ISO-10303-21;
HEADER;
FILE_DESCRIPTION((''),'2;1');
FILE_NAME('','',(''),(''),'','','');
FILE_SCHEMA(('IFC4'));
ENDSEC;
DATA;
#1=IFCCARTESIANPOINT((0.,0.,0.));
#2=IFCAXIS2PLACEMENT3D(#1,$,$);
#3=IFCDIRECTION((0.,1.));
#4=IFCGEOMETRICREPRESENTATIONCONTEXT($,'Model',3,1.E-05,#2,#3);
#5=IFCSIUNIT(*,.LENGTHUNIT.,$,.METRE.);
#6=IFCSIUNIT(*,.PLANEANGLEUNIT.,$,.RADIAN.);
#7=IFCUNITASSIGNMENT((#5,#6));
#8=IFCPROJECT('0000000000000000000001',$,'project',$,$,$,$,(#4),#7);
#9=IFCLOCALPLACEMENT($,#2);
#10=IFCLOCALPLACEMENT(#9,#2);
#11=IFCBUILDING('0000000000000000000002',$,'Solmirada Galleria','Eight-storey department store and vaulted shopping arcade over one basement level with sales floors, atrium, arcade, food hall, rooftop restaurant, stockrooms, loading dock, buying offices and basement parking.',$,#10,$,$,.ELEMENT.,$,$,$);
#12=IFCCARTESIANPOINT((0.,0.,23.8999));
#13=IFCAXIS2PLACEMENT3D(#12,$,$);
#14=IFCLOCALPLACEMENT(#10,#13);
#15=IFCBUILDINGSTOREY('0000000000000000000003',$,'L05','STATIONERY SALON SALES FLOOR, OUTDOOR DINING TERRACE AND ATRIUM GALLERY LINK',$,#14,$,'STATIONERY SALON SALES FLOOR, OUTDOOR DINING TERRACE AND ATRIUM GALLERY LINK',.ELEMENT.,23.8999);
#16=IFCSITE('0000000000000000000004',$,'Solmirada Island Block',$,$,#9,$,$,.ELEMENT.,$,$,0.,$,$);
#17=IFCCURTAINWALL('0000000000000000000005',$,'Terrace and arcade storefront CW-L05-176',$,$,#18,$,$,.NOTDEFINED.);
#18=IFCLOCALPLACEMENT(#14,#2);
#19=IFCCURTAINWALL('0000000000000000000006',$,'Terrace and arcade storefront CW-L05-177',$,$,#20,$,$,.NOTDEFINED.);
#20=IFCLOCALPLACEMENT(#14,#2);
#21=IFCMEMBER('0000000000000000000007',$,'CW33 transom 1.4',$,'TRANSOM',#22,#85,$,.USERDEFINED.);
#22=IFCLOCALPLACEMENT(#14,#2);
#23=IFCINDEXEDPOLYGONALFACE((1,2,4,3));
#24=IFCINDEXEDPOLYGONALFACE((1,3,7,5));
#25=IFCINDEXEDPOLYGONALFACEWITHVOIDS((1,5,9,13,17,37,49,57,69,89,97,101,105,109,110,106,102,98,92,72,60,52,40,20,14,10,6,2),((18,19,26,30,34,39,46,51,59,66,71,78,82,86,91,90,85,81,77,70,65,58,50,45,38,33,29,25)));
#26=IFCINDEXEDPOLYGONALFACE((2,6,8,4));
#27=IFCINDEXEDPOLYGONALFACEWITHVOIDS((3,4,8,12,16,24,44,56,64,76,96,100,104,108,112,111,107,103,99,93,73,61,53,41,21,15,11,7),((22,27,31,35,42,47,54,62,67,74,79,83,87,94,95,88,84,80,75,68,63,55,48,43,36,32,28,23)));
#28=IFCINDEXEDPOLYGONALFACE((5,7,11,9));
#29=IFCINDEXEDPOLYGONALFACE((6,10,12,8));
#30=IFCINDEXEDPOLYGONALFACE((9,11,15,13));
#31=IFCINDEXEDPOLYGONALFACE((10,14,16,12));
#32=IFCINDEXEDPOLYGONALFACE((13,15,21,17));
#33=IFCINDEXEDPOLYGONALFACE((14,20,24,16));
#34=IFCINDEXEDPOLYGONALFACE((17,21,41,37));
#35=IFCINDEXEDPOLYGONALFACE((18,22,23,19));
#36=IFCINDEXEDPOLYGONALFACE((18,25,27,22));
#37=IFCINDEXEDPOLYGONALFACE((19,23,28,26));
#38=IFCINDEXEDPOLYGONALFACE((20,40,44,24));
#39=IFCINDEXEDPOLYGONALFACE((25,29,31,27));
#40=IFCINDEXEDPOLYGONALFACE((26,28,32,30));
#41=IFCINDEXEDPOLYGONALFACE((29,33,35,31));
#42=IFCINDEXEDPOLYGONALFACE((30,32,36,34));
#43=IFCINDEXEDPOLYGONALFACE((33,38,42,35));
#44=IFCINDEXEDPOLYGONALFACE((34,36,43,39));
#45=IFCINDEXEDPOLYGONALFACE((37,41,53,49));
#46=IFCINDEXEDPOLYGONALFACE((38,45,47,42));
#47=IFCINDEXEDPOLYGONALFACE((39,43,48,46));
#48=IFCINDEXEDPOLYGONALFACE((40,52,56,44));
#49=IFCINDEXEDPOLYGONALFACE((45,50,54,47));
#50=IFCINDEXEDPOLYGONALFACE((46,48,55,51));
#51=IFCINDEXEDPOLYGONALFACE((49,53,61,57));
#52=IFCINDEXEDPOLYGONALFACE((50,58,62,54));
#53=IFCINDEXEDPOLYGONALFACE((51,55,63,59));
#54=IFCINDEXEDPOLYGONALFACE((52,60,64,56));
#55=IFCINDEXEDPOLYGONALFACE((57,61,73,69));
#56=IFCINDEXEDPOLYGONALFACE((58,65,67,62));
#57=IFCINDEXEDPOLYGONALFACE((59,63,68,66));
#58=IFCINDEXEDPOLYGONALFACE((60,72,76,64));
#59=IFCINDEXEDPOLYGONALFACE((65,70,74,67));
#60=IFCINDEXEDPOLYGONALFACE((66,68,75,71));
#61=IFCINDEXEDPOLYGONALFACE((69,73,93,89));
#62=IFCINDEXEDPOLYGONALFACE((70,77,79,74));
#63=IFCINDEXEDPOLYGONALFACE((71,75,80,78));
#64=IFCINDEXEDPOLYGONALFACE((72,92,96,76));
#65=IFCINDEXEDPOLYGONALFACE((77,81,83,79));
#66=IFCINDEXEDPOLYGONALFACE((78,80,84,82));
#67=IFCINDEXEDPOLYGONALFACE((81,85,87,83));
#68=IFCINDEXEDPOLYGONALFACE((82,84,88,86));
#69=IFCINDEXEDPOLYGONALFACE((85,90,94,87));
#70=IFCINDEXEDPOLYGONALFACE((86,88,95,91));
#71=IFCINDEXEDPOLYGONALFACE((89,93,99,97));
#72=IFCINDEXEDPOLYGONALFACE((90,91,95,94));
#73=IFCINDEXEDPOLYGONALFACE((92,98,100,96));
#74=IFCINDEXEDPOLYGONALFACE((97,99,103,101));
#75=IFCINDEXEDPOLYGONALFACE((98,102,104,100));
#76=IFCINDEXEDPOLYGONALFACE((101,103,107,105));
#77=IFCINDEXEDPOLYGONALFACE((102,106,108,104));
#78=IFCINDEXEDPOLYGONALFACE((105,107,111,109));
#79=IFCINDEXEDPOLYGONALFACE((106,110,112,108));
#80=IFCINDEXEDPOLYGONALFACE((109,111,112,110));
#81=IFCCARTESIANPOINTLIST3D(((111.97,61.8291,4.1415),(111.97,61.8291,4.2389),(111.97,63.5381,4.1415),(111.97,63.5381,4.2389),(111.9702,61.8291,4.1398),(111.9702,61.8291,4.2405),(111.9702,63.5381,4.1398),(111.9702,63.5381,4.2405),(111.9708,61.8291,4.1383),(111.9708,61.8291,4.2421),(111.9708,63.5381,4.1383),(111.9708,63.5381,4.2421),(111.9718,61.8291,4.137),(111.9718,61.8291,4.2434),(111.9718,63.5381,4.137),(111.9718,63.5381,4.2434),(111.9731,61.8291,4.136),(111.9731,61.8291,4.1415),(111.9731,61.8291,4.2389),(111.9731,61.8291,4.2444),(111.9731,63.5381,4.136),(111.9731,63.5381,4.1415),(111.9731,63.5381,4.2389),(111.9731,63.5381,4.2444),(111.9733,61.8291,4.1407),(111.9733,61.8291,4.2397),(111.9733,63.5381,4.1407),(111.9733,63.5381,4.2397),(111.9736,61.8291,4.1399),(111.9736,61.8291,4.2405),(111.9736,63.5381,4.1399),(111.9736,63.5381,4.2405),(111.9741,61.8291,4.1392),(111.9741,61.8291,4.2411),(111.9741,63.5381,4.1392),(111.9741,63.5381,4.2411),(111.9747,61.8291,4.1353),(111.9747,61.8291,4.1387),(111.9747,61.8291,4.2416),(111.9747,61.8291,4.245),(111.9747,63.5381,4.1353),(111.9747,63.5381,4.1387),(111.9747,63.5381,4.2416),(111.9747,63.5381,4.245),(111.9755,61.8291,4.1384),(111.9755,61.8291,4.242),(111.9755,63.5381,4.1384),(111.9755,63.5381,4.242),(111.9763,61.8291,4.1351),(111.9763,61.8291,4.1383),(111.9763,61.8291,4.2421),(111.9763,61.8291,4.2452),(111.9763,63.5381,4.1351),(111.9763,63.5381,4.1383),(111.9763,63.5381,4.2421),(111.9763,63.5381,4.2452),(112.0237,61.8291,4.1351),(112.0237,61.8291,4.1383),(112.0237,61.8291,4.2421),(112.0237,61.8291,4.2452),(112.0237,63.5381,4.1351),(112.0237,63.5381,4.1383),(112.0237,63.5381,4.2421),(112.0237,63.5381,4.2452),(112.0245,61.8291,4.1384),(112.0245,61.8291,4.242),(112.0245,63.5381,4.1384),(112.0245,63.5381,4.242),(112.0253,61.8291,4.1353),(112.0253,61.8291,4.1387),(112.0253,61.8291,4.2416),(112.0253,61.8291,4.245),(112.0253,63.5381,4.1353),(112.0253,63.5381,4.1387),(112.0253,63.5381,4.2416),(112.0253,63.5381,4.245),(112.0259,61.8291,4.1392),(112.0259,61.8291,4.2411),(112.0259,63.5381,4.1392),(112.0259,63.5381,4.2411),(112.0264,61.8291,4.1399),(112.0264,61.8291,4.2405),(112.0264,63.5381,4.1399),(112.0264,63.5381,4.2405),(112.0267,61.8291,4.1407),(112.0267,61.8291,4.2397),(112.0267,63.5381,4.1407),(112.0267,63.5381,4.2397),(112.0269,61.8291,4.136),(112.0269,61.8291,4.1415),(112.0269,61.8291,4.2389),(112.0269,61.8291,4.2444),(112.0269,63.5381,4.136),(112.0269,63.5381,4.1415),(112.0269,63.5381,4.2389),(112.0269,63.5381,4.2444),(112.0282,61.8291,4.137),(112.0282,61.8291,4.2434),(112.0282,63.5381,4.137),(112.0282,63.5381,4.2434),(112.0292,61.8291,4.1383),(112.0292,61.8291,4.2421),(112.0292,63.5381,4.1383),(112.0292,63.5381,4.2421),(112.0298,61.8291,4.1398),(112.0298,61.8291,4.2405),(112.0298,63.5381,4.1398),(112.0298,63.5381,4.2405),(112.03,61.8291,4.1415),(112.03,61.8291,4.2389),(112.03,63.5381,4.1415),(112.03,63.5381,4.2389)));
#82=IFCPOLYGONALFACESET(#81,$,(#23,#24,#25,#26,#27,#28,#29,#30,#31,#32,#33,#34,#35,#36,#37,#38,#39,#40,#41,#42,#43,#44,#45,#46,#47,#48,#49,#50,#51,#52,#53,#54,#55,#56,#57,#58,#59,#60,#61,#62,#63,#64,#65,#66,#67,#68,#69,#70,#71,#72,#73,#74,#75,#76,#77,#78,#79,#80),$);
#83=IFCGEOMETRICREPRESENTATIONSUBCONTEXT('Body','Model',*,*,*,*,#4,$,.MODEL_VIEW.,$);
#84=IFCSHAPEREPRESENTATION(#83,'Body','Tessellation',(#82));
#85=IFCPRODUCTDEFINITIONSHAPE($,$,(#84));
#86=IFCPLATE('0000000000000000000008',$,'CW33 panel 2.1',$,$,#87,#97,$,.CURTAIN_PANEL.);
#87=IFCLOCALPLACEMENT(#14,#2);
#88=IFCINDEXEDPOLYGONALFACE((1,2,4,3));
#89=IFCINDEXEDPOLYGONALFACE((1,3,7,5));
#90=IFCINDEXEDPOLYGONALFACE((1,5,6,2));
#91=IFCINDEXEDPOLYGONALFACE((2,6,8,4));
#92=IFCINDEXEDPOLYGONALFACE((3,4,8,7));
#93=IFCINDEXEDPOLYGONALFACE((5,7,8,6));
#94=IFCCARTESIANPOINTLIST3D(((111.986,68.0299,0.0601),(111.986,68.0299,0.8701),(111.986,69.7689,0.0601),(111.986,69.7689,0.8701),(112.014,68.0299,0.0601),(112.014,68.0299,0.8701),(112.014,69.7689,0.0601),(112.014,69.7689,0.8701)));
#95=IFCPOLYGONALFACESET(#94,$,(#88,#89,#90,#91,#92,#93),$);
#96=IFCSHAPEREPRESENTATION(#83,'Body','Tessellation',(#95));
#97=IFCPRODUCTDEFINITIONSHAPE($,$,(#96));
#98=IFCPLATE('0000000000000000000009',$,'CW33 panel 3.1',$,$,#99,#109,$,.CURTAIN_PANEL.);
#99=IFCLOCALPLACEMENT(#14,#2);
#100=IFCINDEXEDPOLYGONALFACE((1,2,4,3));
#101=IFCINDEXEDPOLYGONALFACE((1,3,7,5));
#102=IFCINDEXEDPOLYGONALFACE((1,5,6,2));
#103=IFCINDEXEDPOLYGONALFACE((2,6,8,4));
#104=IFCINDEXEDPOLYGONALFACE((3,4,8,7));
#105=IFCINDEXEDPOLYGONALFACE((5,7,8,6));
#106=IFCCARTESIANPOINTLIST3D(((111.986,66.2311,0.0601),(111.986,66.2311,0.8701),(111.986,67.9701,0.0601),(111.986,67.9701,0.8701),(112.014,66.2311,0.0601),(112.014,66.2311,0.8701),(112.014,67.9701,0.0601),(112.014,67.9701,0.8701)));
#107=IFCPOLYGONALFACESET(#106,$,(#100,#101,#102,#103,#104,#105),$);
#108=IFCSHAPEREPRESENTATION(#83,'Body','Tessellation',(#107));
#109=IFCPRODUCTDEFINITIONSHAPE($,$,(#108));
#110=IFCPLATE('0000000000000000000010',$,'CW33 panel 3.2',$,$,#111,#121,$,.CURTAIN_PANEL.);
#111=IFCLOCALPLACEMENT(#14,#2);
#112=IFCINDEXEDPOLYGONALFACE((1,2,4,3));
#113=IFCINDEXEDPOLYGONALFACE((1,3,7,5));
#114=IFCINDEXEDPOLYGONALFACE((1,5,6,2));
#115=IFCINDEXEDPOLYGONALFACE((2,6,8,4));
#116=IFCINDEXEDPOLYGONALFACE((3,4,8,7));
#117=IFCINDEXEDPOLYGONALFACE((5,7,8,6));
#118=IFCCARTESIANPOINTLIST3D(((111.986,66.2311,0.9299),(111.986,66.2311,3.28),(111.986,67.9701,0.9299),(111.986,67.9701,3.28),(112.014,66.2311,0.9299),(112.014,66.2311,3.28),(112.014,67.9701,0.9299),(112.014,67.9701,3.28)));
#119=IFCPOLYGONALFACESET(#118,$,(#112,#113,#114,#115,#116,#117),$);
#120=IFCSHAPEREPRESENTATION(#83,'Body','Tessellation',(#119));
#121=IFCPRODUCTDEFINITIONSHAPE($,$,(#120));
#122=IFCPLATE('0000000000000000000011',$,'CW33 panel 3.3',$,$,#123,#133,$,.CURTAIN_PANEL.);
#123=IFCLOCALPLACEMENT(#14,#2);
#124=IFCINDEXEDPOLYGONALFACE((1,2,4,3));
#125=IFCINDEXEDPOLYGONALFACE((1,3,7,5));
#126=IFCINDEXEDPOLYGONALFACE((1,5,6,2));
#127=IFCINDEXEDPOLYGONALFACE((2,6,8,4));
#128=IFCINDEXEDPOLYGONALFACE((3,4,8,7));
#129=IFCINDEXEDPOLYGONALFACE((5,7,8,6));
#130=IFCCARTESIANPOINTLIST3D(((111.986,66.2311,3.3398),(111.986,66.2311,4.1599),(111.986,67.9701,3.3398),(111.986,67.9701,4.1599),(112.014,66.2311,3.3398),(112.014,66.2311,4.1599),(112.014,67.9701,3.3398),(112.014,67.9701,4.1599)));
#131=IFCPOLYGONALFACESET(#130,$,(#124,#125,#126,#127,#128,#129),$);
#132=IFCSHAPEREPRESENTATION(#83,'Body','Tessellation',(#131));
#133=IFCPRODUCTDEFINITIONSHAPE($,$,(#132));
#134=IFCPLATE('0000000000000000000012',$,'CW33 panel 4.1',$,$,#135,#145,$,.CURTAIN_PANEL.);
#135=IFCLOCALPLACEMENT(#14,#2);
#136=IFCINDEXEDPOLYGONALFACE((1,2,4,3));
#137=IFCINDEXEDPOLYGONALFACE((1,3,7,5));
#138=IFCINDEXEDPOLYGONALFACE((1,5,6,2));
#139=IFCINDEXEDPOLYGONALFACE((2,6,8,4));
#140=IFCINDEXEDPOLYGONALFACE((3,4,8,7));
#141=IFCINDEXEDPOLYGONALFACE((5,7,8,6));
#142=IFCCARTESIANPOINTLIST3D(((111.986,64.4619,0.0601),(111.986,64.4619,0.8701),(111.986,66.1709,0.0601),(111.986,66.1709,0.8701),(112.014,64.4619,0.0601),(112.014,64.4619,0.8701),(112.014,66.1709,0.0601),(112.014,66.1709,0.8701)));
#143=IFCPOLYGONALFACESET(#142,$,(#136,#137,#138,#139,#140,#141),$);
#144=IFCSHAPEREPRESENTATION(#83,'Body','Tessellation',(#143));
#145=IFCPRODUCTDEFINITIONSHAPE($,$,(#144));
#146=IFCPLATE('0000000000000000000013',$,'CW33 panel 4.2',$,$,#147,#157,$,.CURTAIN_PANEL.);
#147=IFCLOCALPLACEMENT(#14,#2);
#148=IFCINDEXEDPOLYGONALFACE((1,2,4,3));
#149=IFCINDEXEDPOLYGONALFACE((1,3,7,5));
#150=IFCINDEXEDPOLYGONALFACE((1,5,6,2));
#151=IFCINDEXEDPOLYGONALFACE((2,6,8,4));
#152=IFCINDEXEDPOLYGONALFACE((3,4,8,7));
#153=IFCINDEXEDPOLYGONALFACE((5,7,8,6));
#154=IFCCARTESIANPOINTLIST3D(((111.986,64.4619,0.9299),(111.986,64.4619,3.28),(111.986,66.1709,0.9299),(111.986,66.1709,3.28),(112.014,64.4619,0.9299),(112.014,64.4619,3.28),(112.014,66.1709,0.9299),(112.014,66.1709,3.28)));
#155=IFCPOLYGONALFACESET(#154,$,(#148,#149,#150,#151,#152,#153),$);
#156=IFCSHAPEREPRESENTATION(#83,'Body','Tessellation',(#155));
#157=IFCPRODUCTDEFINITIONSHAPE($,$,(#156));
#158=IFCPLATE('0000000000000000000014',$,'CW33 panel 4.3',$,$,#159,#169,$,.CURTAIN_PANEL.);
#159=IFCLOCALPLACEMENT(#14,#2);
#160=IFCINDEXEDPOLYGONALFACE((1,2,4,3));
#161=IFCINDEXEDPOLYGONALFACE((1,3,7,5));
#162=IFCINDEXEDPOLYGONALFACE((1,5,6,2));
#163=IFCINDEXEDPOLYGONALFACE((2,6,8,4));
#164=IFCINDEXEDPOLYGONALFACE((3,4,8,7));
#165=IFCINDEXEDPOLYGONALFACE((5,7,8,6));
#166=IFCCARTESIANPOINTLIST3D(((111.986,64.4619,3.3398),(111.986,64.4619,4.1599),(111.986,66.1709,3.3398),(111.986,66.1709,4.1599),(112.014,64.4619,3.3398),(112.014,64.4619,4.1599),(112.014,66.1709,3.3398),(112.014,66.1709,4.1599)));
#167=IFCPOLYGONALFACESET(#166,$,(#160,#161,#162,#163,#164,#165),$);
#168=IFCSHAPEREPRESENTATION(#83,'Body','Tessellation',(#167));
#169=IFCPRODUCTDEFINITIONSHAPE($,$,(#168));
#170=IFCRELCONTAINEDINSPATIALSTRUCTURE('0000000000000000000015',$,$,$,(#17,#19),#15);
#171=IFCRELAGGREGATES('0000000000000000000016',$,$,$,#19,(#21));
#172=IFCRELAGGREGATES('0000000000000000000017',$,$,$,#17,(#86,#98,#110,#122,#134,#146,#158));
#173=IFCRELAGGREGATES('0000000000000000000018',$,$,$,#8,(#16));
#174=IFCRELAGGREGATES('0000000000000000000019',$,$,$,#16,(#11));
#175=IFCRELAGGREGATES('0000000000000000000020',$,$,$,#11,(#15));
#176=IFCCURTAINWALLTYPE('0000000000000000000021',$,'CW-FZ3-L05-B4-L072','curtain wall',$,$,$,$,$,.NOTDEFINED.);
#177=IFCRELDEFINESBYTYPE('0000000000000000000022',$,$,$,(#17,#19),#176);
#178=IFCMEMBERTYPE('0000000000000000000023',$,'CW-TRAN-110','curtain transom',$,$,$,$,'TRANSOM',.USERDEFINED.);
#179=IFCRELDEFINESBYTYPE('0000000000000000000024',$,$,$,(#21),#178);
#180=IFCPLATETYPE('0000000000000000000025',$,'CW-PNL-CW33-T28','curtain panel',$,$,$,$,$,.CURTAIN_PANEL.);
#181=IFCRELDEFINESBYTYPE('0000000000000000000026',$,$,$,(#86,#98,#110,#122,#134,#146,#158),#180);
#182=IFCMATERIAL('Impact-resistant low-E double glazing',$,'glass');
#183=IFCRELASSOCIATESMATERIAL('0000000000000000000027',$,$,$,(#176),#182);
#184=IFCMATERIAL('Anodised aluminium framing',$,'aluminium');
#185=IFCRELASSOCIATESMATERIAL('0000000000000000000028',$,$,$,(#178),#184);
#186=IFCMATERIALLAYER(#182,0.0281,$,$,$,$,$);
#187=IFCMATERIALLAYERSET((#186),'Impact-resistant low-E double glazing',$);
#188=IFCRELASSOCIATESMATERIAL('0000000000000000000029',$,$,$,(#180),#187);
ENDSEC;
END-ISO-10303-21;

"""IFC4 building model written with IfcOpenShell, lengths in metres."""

from ifc_helpers import new_model, si_unit, direction, frame, origin, origin_2d, place, context, subcontext, project, spatial, rectangle, hollow_rectangle, extrude, material, layer, layer_set, material_profile, profile_set, type_object, element, aggregate, save


model = new_model("IFC4")

# Units and contexts
model_context = context("Model", 3, precision=1e-05, world=origin(), true_north=direction((0.0, 1.0)))
body_context = subcontext(model_context, "Body", "Model", "MODEL_VIEW")
ifc_project = project(units=[si_unit("LENGTHUNIT", "METRE"), si_unit("PLANEANGLEUNIT", "RADIAN")], contexts=[model_context])

# Site, building, storey
site_placement = place(None, origin())
site = spatial("IfcSite", under=ifc_project, at=site_placement, Name="Solmirada Island Block", CompositionType="ELEMENT", RefElevation=0.0)
building_placement = place(site_placement, origin())
building = spatial("IfcBuilding", under=site, at=building_placement, Name="Solmirada Galleria", Description="Eight-storey department store and vaulted shopping arcade over one basement level with sales floors, atrium, arcade, food hall, rooftop restaurant, stockrooms, loading dock, buying offices and basement parking.", CompositionType="ELEMENT")
storey_placement = place(building_placement, frame((0.0, 0.0, 23.8999)))
storey = spatial("IfcBuildingStorey", under=building, at=storey_placement, Name="L05", Description="STATIONERY SALON SALES FLOOR, OUTDOOR DINING TERRACE AND ATRIUM GALLERY LINK", LongName="STATIONERY SALON SALES FLOOR, OUTDOOR DINING TERRACE AND ATRIUM GALLERY LINK", CompositionType="ELEMENT", Elevation=23.8999)

# Curtain wall
ifc_material_1 = material(Name="Impact-resistant low-E double glazing", Category="glass")
curtain_wall_type = type_object("IfcCurtainWallType", Name="CW-FZ3-L05-B4-L072", Description="curtain wall", PredefinedType="NOTDEFINED", material=ifc_material_1)
curtain_wall_1_placement = place(storey_placement, origin())
curtain_wall_1 = element("IfcCurtainWall", 1, at=curtain_wall_1_placement, inside=storey, type_object=curtain_wall_type, Name="Terrace and arcade storefront CW-L05-176", PredefinedType="NOTDEFINED")
ifc_material_2 = material(Name="Anodised aluminium framing", Category="aluminium")

# Curtain wall
curtain_wall_2_placement = place(storey_placement, origin())
curtain_wall_2 = element("IfcCurtainWall", 2, at=curtain_wall_2_placement, inside=storey, type_object=curtain_wall_type, Name="Terrace and arcade storefront CW-L05-177", PredefinedType="NOTDEFINED")

# Member
ifc_material_profile_1 = material_profile(ifc_material_2, hollow_rectangle(XDim=0.0601, YDim=0.1101, WallThickness=0.0032, InnerFilletRadius=0.0032, OuterFilletRadius=0.0063, at=origin_2d()), Name="ALU-TRAN-110X60")
ifc_profile_set_1 = profile_set([ifc_material_profile_1], Name="Anodised aluminium framing")
member_type_1 = type_object("IfcMemberType", Name="CW-TRAN-110", Description="curtain transom", ElementType="TRANSOM", PredefinedType="USERDEFINED", material=ifc_profile_set_1)
member_1_placement = place(storey_placement, frame((112.0, 63.5381, 4.1902), z_axis=(0.0, -1.0, 0.0), x_axis=(1.0, 0.0, 0.0)))
member_1 = element("IfcMember", 3, at=member_1_placement, type_object=member_type_1, Name="CW33 transom 1.4", ObjectType="TRANSOM", PredefinedType="USERDEFINED", context=body_context, shape_type="SweptSolid", body=[
    extrude(hollow_rectangle(XDim=0.0601, YDim=0.1101, WallThickness=0.0032, InnerFilletRadius=0.0032, OuterFilletRadius=0.0063, at=origin_2d()), origin(), (0.0, 0.0, 1.0), 1.709),
])
aggregate(curtain_wall_2, [member_1])

# Plates
ifc_layer = layer(ifc_material_1, 0.0281)
ifc_layer_set = layer_set([ifc_layer], Name="Impact-resistant low-E double glazing")
plate_type = type_object("IfcPlateType", Name="CW-PNL-CW33-T28", Description="curtain panel", PredefinedType="CURTAIN_PANEL", material=ifc_layer_set)
plate_1_placement = place(storey_placement, frame((112.0, 68.8994, 0.0601), z_axis=(0.0, 0.0, 1.0), x_axis=(0.0, -1.0, 0.0)))
plate_1 = element("IfcPlate", 4, at=plate_1_placement, type_object=plate_type, Name="CW33 panel 2.1", PredefinedType="CURTAIN_PANEL", context=body_context, shape_type="SweptSolid", body=[
    extrude(rectangle(XDim=1.739, YDim=0.0281, at=origin_2d()), origin(), (0.0, 0.0, 1.0), 0.8101),
])
plate_2_placement = place(storey_placement, frame((112.0, 67.1006, 0.0601), z_axis=(0.0, 0.0, 1.0), x_axis=(0.0, -1.0, 0.0)))
plate_2 = element("IfcPlate", 5, at=plate_2_placement, type_object=plate_type, Name="CW33 panel 3.1", PredefinedType="CURTAIN_PANEL", context=body_context, shape_type="SweptSolid", body=[
    extrude(rectangle(XDim=1.739, YDim=0.0281, at=origin_2d()), origin(), (0.0, 0.0, 1.0), 0.8101),
])
plate_3_placement = place(storey_placement, frame((112.0, 67.1006, 0.9299), z_axis=(0.0, 0.0, 1.0), x_axis=(0.0, -1.0, 0.0)))
plate_3 = element("IfcPlate", 6, at=plate_3_placement, type_object=plate_type, Name="CW33 panel 3.2", PredefinedType="CURTAIN_PANEL", context=body_context, shape_type="SweptSolid", body=[
    extrude(rectangle(XDim=1.739, YDim=0.0281, at=origin_2d()), origin(), (0.0, 0.0, 1.0), 2.3501),
])
plate_4_placement = place(storey_placement, frame((112.0, 67.1006, 3.3398), z_axis=(0.0, 0.0, 1.0), x_axis=(0.0, -1.0, 0.0)))
plate_4 = element("IfcPlate", 7, at=plate_4_placement, type_object=plate_type, Name="CW33 panel 3.3", PredefinedType="CURTAIN_PANEL", context=body_context, shape_type="SweptSolid", body=[
    extrude(rectangle(XDim=1.739, YDim=0.0281, at=origin_2d()), origin(), (0.0, 0.0, 1.0), 0.8201),
])
plate_5_placement = place(storey_placement, frame((112.0, 65.3164, 0.0601), z_axis=(0.0, 0.0, 1.0), x_axis=(0.0, -1.0, 0.0)))
plate_5 = element("IfcPlate", 8, at=plate_5_placement, type_object=plate_type, Name="CW33 panel 4.1", PredefinedType="CURTAIN_PANEL", context=body_context, shape_type="SweptSolid", body=[
    extrude(rectangle(XDim=1.709, YDim=0.0281, at=origin_2d()), origin(), (0.0, 0.0, 1.0), 0.8101),
])
plate_6_placement = place(storey_placement, frame((112.0, 65.3164, 0.9299), z_axis=(0.0, 0.0, 1.0), x_axis=(0.0, -1.0, 0.0)))
plate_6 = element("IfcPlate", 9, at=plate_6_placement, type_object=plate_type, Name="CW33 panel 4.2", PredefinedType="CURTAIN_PANEL", context=body_context, shape_type="SweptSolid", body=[
    extrude(rectangle(XDim=1.709, YDim=0.0281, at=origin_2d()), origin(), (0.0, 0.0, 1.0), 2.3501),
])
plate_7_placement = place(storey_placement, frame((112.0, 65.3164, 3.3398), z_axis=(0.0, 0.0, 1.0), x_axis=(0.0, -1.0, 0.0)))
plate_7 = element("IfcPlate", 10, at=plate_7_placement, type_object=plate_type, Name="CW33 panel 4.3", PredefinedType="CURTAIN_PANEL", context=body_context, shape_type="SweptSolid", body=[
    extrude(rectangle(XDim=1.709, YDim=0.0281, at=origin_2d()), origin(), (0.0, 0.0, 1.0), 0.8201),
])
aggregate(curtain_wall_1, [plate_1, plate_2, plate_3, plate_4, plate_5, plate_6, plate_7])

save(model, "model.ifc")
